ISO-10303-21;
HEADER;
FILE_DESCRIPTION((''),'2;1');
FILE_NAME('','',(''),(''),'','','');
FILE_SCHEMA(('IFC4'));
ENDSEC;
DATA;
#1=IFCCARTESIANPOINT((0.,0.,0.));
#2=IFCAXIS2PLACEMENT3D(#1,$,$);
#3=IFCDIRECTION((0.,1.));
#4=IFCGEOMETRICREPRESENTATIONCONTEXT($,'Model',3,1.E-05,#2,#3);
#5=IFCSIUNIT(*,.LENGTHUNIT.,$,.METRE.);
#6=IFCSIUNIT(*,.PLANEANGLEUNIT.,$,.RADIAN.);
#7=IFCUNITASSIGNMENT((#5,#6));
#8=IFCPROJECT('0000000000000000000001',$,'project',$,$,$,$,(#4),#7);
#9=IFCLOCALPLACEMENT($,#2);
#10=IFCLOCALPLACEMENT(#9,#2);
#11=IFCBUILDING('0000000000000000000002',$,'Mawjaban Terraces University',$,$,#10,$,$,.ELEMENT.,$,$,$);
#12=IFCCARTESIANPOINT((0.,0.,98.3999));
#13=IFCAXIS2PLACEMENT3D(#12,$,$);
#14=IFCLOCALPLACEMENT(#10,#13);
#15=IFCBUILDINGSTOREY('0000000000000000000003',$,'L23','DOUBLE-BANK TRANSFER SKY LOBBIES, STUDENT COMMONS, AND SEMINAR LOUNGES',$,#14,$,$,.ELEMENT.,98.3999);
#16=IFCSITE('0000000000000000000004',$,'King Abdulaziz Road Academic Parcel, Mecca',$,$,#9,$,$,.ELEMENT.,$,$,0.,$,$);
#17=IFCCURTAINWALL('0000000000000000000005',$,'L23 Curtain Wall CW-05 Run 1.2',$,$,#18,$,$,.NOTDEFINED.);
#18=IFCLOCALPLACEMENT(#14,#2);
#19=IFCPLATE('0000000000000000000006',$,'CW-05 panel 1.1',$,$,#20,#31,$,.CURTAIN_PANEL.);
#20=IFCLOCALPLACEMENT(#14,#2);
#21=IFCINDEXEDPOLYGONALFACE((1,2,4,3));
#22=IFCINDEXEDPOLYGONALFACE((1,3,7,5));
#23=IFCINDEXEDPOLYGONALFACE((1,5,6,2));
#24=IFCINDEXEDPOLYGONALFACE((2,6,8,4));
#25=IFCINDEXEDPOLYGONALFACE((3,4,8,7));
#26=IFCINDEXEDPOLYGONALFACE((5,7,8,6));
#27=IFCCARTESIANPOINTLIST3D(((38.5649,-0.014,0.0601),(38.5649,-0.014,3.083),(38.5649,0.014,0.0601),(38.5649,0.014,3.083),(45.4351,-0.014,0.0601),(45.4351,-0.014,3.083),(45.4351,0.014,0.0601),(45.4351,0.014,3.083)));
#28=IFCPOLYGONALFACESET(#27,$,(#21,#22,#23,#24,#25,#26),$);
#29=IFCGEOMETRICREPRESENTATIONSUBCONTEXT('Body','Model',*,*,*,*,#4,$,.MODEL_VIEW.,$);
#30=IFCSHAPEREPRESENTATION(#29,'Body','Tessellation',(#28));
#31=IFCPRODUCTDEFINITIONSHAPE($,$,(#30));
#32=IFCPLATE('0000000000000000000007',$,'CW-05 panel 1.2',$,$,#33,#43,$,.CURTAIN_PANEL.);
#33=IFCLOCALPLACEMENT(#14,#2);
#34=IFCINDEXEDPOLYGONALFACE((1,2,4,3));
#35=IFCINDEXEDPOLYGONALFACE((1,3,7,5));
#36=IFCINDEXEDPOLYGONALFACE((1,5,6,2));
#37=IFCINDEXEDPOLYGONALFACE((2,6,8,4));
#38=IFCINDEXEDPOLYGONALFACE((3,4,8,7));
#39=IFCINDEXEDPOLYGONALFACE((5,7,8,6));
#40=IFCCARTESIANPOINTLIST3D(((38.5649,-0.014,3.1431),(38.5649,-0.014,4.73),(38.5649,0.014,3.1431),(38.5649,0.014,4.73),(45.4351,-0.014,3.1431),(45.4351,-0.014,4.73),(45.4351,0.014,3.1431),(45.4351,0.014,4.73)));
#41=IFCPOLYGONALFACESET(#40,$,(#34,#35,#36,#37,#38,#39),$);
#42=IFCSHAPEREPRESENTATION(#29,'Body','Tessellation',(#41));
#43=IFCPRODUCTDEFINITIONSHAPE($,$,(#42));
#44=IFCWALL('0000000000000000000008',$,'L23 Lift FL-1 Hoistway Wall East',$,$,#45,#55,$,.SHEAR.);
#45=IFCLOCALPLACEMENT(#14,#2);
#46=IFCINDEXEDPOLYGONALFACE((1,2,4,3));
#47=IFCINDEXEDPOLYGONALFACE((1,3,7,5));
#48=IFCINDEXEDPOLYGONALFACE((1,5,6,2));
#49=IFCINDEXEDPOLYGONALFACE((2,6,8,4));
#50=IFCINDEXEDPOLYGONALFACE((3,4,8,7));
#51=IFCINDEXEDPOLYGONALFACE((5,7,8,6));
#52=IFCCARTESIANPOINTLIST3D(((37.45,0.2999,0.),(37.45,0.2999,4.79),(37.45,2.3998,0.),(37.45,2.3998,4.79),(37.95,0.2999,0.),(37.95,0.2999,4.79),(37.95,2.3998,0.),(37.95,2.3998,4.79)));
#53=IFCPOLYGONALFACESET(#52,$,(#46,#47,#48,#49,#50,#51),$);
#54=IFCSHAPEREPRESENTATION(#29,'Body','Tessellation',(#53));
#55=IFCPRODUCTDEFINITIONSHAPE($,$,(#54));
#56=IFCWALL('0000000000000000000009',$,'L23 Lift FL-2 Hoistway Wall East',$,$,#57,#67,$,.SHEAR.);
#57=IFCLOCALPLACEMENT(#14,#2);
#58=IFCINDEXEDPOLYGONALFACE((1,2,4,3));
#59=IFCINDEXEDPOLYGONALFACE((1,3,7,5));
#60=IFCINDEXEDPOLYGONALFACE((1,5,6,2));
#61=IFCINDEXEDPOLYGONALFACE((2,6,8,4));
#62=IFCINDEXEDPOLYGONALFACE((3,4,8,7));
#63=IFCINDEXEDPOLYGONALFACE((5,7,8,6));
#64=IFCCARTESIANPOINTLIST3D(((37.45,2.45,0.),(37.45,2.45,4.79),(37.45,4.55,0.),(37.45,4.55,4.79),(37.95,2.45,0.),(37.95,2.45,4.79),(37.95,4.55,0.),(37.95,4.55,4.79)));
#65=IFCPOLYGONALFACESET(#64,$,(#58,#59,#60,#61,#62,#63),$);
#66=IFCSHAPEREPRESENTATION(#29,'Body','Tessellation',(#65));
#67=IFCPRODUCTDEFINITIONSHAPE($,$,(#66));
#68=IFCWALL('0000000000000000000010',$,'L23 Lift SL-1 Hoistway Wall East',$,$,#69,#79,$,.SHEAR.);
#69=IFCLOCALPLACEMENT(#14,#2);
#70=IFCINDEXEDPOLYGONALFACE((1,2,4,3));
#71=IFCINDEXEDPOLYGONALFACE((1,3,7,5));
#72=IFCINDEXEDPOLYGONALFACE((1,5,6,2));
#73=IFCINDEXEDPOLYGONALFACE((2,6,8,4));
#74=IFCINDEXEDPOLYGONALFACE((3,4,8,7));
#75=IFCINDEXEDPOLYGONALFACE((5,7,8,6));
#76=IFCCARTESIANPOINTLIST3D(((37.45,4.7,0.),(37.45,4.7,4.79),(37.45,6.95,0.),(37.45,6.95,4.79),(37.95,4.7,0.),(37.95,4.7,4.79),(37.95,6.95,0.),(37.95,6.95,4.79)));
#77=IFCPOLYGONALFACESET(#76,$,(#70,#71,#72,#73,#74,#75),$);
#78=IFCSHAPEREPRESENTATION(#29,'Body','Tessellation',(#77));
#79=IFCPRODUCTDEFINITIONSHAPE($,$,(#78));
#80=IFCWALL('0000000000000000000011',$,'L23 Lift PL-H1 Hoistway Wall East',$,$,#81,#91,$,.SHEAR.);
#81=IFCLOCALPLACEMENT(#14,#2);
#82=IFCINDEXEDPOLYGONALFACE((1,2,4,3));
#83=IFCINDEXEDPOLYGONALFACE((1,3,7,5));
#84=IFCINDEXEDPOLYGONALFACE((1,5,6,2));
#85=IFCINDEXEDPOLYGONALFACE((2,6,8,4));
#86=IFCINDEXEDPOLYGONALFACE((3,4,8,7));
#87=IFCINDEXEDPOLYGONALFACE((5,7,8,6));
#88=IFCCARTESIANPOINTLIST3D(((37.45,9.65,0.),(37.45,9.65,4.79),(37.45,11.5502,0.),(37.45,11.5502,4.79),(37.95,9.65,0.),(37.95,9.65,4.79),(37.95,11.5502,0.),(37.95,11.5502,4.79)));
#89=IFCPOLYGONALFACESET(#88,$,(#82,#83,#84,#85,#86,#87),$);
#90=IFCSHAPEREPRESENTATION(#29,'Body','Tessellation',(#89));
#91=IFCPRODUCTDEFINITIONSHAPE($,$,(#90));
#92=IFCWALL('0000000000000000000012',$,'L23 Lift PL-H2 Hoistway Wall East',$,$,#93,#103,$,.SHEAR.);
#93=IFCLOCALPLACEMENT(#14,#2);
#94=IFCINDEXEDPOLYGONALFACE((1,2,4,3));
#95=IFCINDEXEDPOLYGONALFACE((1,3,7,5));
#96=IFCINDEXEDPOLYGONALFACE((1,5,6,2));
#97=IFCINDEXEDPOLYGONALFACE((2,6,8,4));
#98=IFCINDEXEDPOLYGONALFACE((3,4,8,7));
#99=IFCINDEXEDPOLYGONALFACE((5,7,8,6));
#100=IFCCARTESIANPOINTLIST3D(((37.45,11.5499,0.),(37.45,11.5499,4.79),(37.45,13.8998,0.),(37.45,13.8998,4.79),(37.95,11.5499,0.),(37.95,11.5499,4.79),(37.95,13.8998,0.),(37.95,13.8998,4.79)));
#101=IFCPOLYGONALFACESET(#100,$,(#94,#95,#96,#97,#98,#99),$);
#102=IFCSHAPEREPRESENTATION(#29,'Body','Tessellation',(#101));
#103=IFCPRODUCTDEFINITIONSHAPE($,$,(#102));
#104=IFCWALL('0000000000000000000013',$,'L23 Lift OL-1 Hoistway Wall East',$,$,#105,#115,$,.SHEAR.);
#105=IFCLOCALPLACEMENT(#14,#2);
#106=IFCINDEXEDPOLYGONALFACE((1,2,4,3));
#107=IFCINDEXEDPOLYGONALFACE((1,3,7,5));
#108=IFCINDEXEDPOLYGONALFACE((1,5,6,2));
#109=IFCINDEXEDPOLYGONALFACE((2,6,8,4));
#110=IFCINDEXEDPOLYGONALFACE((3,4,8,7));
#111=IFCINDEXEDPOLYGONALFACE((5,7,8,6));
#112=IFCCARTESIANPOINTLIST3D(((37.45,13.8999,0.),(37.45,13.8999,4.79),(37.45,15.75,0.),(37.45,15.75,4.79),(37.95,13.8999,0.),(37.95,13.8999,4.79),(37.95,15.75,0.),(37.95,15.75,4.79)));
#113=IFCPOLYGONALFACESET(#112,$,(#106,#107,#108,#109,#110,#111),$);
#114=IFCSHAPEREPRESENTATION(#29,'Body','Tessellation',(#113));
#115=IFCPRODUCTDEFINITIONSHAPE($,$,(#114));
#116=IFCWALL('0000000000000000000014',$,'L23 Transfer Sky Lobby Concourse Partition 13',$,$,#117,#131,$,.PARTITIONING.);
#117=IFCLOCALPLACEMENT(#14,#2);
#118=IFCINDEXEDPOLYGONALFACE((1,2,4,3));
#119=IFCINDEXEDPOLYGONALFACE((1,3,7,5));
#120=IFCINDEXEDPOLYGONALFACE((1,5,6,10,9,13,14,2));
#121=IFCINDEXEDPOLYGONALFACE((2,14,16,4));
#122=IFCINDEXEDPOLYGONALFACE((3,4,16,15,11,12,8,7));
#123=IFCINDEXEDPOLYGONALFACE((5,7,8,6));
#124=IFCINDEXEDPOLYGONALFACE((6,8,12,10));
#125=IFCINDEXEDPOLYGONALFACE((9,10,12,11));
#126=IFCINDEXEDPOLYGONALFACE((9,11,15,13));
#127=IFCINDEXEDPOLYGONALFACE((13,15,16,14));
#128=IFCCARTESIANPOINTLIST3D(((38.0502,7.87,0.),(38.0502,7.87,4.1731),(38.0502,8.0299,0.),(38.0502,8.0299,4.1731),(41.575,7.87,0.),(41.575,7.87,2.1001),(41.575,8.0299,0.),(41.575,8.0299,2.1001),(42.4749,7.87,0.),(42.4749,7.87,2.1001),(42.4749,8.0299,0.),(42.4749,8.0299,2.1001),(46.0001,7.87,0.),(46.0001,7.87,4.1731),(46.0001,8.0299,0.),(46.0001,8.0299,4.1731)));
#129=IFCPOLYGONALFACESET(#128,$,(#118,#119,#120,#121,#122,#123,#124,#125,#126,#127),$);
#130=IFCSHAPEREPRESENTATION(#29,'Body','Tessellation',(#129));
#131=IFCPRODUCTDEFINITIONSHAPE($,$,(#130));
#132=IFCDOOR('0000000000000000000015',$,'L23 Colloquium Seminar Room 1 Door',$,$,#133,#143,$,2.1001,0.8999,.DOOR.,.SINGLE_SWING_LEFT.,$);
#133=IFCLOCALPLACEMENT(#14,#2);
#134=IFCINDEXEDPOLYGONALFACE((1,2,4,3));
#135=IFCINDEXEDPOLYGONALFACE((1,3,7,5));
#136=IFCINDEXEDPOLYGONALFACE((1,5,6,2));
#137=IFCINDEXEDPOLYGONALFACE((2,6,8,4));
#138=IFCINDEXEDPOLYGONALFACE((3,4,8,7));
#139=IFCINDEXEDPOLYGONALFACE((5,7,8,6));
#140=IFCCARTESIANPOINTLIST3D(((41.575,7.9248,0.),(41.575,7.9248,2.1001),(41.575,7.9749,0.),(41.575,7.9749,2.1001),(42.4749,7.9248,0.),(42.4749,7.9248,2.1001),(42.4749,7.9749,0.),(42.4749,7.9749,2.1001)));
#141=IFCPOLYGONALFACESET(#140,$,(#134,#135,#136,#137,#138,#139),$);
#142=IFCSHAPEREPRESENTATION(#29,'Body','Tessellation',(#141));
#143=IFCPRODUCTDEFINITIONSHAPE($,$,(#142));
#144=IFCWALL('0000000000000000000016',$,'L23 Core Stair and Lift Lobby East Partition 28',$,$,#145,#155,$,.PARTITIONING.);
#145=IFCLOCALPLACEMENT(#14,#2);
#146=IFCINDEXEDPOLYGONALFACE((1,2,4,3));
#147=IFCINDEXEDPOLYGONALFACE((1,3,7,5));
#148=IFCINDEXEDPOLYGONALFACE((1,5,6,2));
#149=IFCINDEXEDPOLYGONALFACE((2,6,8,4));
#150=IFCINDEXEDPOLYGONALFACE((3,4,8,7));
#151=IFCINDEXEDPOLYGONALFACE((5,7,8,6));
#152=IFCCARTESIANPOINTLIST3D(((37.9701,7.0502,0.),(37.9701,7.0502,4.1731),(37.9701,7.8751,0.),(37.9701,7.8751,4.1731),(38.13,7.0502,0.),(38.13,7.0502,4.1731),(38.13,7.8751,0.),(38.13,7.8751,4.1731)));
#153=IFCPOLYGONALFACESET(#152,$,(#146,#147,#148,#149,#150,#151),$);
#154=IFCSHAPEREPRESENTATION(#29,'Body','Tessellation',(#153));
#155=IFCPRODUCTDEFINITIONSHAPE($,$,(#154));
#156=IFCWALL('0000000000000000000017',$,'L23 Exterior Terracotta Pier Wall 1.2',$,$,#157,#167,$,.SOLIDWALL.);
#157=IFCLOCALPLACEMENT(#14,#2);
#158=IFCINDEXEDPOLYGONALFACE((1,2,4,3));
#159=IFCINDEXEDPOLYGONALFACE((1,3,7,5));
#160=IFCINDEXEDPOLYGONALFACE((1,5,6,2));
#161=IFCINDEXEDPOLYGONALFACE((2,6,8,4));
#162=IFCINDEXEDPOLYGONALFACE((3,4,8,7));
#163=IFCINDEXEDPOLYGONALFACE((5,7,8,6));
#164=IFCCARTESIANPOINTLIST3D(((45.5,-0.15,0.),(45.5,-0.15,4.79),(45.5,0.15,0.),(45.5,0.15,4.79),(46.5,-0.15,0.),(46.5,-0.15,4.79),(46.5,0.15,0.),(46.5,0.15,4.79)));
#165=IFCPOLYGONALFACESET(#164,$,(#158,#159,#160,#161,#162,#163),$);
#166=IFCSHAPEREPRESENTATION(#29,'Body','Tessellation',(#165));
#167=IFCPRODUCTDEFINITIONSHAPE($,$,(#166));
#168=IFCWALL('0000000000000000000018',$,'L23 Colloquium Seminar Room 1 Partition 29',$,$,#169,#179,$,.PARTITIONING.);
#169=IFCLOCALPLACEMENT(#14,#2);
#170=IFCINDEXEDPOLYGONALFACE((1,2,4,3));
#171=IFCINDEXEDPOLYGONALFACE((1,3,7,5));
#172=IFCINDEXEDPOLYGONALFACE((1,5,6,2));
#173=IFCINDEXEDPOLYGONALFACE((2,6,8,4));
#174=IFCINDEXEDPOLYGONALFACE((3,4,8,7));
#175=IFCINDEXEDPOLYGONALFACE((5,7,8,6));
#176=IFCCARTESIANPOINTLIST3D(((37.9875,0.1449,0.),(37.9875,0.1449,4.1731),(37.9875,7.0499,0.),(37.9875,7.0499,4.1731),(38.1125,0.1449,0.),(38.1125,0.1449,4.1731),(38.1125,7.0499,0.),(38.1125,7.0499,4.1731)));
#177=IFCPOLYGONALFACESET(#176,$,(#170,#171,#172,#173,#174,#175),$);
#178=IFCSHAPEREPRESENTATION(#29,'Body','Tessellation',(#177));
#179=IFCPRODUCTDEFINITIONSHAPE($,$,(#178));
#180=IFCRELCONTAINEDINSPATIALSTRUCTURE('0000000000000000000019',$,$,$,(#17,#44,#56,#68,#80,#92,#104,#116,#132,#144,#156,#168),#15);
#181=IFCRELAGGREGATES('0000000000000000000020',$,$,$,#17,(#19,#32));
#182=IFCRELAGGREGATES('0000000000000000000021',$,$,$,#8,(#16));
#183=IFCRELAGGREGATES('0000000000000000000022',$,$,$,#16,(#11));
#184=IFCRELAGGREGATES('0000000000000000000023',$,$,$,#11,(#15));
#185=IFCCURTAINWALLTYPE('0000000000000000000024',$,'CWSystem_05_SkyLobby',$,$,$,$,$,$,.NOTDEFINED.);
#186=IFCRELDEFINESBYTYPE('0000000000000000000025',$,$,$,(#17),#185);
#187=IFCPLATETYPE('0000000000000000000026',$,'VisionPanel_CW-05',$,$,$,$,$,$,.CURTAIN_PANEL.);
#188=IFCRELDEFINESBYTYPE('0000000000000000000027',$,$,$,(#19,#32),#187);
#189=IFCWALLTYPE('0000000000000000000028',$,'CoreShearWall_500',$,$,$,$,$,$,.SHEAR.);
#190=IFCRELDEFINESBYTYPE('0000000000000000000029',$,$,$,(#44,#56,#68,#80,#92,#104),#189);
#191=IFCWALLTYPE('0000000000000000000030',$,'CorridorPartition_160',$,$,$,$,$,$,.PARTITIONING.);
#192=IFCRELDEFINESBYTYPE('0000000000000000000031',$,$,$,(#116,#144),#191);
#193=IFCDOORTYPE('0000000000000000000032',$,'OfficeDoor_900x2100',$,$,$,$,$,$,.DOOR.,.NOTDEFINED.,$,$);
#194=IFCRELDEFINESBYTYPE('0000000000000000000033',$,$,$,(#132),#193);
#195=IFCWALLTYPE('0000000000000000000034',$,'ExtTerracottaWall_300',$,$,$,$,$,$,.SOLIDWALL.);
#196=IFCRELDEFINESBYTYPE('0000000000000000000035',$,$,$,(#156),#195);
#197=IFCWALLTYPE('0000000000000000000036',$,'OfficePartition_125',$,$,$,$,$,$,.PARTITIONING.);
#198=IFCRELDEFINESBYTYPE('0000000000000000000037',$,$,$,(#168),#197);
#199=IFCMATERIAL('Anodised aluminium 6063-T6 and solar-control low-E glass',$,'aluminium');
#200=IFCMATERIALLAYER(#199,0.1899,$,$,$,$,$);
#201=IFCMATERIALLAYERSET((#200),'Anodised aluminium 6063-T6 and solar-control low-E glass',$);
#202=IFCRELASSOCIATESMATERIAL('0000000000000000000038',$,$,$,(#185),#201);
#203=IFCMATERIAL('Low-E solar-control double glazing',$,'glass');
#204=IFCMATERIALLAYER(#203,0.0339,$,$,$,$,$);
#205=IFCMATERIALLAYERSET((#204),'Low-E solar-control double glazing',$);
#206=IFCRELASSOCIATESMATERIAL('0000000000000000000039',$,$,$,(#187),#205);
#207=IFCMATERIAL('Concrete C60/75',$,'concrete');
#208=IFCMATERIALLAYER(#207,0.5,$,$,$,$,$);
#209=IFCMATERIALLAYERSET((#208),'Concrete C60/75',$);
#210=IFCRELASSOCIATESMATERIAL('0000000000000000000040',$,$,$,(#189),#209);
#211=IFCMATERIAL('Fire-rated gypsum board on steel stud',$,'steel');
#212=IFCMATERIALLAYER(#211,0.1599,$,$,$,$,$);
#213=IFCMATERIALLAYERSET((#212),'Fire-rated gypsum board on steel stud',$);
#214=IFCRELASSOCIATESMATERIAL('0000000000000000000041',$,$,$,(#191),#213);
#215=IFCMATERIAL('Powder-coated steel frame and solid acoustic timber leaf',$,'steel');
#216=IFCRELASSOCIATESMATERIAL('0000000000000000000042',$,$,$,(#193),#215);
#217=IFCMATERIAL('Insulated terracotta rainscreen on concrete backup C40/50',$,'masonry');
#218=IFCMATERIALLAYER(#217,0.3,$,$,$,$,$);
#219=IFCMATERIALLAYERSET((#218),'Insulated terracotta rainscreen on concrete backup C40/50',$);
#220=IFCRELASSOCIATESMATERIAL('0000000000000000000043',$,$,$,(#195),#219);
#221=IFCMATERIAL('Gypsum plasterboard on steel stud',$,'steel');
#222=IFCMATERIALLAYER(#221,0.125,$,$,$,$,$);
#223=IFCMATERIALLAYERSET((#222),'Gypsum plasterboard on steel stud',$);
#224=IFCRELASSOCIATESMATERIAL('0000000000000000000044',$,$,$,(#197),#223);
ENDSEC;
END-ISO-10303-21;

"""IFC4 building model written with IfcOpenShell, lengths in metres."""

from ifc_helpers import new_model, si_unit, direction, frame, frame_2d, origin, origin_2d, place, context, subcontext, project, spatial, rectangle, extrude, material, layer, layer_set, type_object, element, fill, aggregate, save


model = new_model("IFC4")

# Units and contexts
model_context = context("Model", 3, precision=1e-05, world=origin(), true_north=direction((0.0, 1.0)))
body_context = subcontext(model_context, "Body", "Model", "MODEL_VIEW")
ifc_project = project(units=[si_unit("LENGTHUNIT", "METRE"), si_unit("PLANEANGLEUNIT", "RADIAN")], contexts=[model_context])

# Site, building, storey
site_placement = place(None, origin())
site = spatial("IfcSite", under=ifc_project, at=site_placement, Name="King Abdulaziz Road Academic Parcel, Mecca", CompositionType="ELEMENT", RefElevation=0.0)
building_placement = place(site_placement, origin())
building = spatial("IfcBuilding", under=site, at=building_placement, Name="Mawjaban Terraces University", CompositionType="ELEMENT")
storey_placement = place(building_placement, frame((0.0, 0.0, 98.3999)))
storey = spatial("IfcBuildingStorey", under=building, at=storey_placement, Name="L23", Description="DOUBLE-BANK TRANSFER SKY LOBBIES, STUDENT COMMONS, AND SEMINAR LOUNGES", CompositionType="ELEMENT", Elevation=98.3999)

# Curtain wall, plates
ifc_material_1 = material(Name="Anodised aluminium 6063-T6 and solar-control low-E glass", Category="aluminium")
ifc_layer_1 = layer(ifc_material_1, 0.1899)
ifc_layer_set_1 = layer_set([ifc_layer_1], Name="Anodised aluminium 6063-T6 and solar-control low-E glass")
curtain_wall_type = type_object("IfcCurtainWallType", Name="CWSystem_05_SkyLobby", PredefinedType="NOTDEFINED", material=ifc_layer_set_1)
curtain_wall_placement = place(storey_placement, origin())
curtain_wall = element("IfcCurtainWall", 1, at=curtain_wall_placement, inside=storey, type_object=curtain_wall_type, Name="L23 Curtain Wall CW-05 Run 1.2", PredefinedType="NOTDEFINED")
ifc_material_2 = material(Name="Low-E solar-control double glazing", Category="glass")
ifc_layer_2 = layer(ifc_material_2, 0.0339)
ifc_layer_set_2 = layer_set([ifc_layer_2], Name="Low-E solar-control double glazing")
plate_type = type_object("IfcPlateType", Name="VisionPanel_CW-05", PredefinedType="CURTAIN_PANEL", material=ifc_layer_set_2)
plate_1_placement = place(storey_placement, frame((42.0, 0.0, 0.0601), z_axis=(0.0, 0.0, 1.0), x_axis=(1.0, 0.0, 0.0)))
plate_1 = element("IfcPlate", 2, at=plate_1_placement, type_object=plate_type, Name="CW-05 panel 1.1", PredefinedType="CURTAIN_PANEL", context=body_context, shape_type="SweptSolid", body=[
    extrude(rectangle(XDim=6.8701, YDim=0.0281, at=origin_2d()), origin(), (0.0, 0.0, 1.0), 3.0229),
])
plate_2_placement = place(storey_placement, frame((42.0, 0.0, 3.1431), z_axis=(0.0, 0.0, 1.0), x_axis=(1.0, 0.0, 0.0)))
plate_2 = element("IfcPlate", 3, at=plate_2_placement, type_object=plate_type, Name="CW-05 panel 1.2", PredefinedType="CURTAIN_PANEL", context=body_context, shape_type="SweptSolid", body=[
    extrude(rectangle(XDim=6.8701, YDim=0.0281, at=origin_2d()), origin(), (0.0, 0.0, 1.0), 1.5869),
])
aggregate(curtain_wall, [plate_1, plate_2])

# Walls
ifc_material_3 = material(Name="Concrete C60/75", Category="concrete")
ifc_layer_3 = layer(ifc_material_3, 0.5)
ifc_layer_set_3 = layer_set([ifc_layer_3], Name="Concrete C60/75")
wall_type_1 = type_object("IfcWallType", Name="CoreShearWall_500", PredefinedType="SHEAR", material=ifc_layer_set_3)
wall_1_placement = place(storey_placement, frame((37.7, 0.3, 0.0), z_axis=(0.0, 0.0, 1.0), x_axis=(0.0, 1.0, 0.0)))
element("IfcWall", 4, at=wall_1_placement, inside=storey, type_object=wall_type_1, Name="L23 Lift FL-1 Hoistway Wall East", PredefinedType="SHEAR", context=body_context, shape_type="SweptSolid", body=[
    extrude(rectangle(XDim=2.0999, YDim=0.5, at=frame_2d((1.0498, 0.0))), origin(), (0.0, 0.0, 1.0), 4.79),
])
wall_2_placement = place(storey_placement, frame((37.7, 2.45, 0.0), z_axis=(0.0, 0.0, 1.0), x_axis=(0.0, 1.0, 0.0)))
element("IfcWall", 5, at=wall_2_placement, inside=storey, type_object=wall_type_1, Name="L23 Lift FL-2 Hoistway Wall East", PredefinedType="SHEAR", context=body_context, shape_type="SweptSolid", body=[
    extrude(rectangle(XDim=2.1001, YDim=0.5, at=frame_2d((1.05, 0.0))), origin(), (0.0, 0.0, 1.0), 4.79),
])
wall_3_placement = place(storey_placement, frame((37.7, 4.7, 0.0), z_axis=(0.0, 0.0, 1.0), x_axis=(0.0, 1.0, 0.0)))
element("IfcWall", 6, at=wall_3_placement, inside=storey, type_object=wall_type_1, Name="L23 Lift SL-1 Hoistway Wall East", PredefinedType="SHEAR", context=body_context, shape_type="SweptSolid", body=[
    extrude(rectangle(XDim=2.25, YDim=0.5, at=frame_2d((1.125, 0.0))), origin(), (0.0, 0.0, 1.0), 4.79),
])
wall_4_placement = place(storey_placement, frame((37.7, 9.6499, 0.0), z_axis=(0.0, 0.0, 1.0), x_axis=(0.0, 1.0, 0.0)))
element("IfcWall", 7, at=wall_4_placement, inside=storey, type_object=wall_type_1, Name="L23 Lift PL-H1 Hoistway Wall East", PredefinedType="SHEAR", context=body_context, shape_type="SweptSolid", body=[
    extrude(rectangle(XDim=1.9001, YDim=0.5, at=frame_2d((0.9502, 0.0))), origin(), (0.0, 0.0, 1.0), 4.79),
])
wall_5_placement = place(storey_placement, frame((37.7, 11.55, 0.0), z_axis=(0.0, 0.0, 1.0), x_axis=(0.0, 1.0, 0.0)))
element("IfcWall", 8, at=wall_5_placement, inside=storey, type_object=wall_type_1, Name="L23 Lift PL-H2 Hoistway Wall East", PredefinedType="SHEAR", context=body_context, shape_type="SweptSolid", body=[
    extrude(rectangle(XDim=2.3499, YDim=0.5, at=frame_2d((1.1748, 0.0))), origin(), (0.0, 0.0, 1.0), 4.79),
])
wall_6_placement = place(storey_placement, frame((37.7, 13.8999, 0.0), z_axis=(0.0, 0.0, 1.0), x_axis=(0.0, 1.0, 0.0)))
element("IfcWall", 9, at=wall_6_placement, inside=storey, type_object=wall_type_1, Name="L23 Lift OL-1 Hoistway Wall East", PredefinedType="SHEAR", context=body_context, shape_type="SweptSolid", body=[
    extrude(rectangle(XDim=1.8501, YDim=0.5, at=frame_2d((0.925, 0.0))), origin(), (0.0, 0.0, 1.0), 4.79),
])

# Wall, opening, door
ifc_material_4 = material(Name="Fire-rated gypsum board on steel stud", Category="steel")
ifc_layer_4 = layer(ifc_material_4, 0.1599)
ifc_layer_set_4 = layer_set([ifc_layer_4], Name="Fire-rated gypsum board on steel stud")
wall_type_2 = type_object("IfcWallType", Name="CorridorPartition_160", PredefinedType="PARTITIONING", material=ifc_layer_set_4)
wall_7_placement = place(storey_placement, frame((38.05, 7.95, 0.0), z_axis=(0.0, 0.0, 1.0), x_axis=(1.0, 0.0, 0.0)))
wall_7 = element("IfcWall", 10, at=wall_7_placement, inside=storey, type_object=wall_type_2, Name="L23 Transfer Sky Lobby Concourse Partition 13", PredefinedType="PARTITIONING", context=body_context, shape_type="SweptSolid", body=[
    extrude(rectangle(XDim=7.95, YDim=0.1599, at=frame_2d((3.9751, 0.0))), origin(), (0.0, 0.0, 1.0), 4.1731),
])
opening_placement = place(wall_7_placement, frame((3.5249, 0.0, 0.0)))
opening = element("IfcOpeningElement", 11, at=opening_placement, cuts=wall_7, PredefinedType="OPENING", context=body_context, shape_type="SweptSolid", body=[
    extrude(rectangle(XDim=0.8999, YDim=2.1001, at=frame_2d((0.45, 1.05))), frame((0.0, 0.0898, 0.0), z_axis=(0.0, -1.0, 0.0), x_axis=(1.0, 0.0, 0.0)), (0.0, 0.0, 1.0), 0.1799),
])
ifc_material_5 = material(Name="Powder-coated steel frame and solid acoustic timber leaf", Category="steel")
door_type = type_object("IfcDoorType", Name="OfficeDoor_900x2100", OperationType="NOTDEFINED", PredefinedType="DOOR", material=ifc_material_5)
door_placement = place(opening_placement, origin())
door = element("IfcDoor", 12, at=door_placement, inside=storey, type_object=door_type, Name="L23 Colloquium Seminar Room 1 Door", OperationType="SINGLE_SWING_LEFT", OverallHeight=2.1001, OverallWidth=0.8999, PredefinedType="DOOR", context=body_context, shape_type="SweptSolid", body=[
    extrude(rectangle(XDim=0.8999, YDim=2.1001, at=frame_2d((0.45, 1.05))), frame((0.0, 0.0249, 0.0), z_axis=(0.0, -1.0, 0.0), x_axis=(1.0, 0.0, 0.0)), (0.0, 0.0, 1.0), 0.05),
])
fill(opening, door)

# Walls
wall_8_placement = place(storey_placement, frame((38.05, 7.05, 0.0), z_axis=(0.0, 0.0, 1.0), x_axis=(0.0, 1.0, 0.0)))
element("IfcWall", 13, at=wall_8_placement, inside=storey, type_object=wall_type_2, Name="L23 Core Stair and Lift Lobby East Partition 28", PredefinedType="PARTITIONING", context=body_context, shape_type="SweptSolid", body=[
    extrude(rectangle(XDim=0.825, YDim=0.1599, at=frame_2d((0.4126, 0.0))), origin(), (0.0, 0.0, 1.0), 4.1731),
])
ifc_material_6 = material(Name="Insulated terracotta rainscreen on concrete backup C40/50", Category="masonry")
ifc_layer_5 = layer(ifc_material_6, 0.3)
ifc_layer_set_5 = layer_set([ifc_layer_5], Name="Insulated terracotta rainscreen on concrete backup C40/50")
wall_type_3 = type_object("IfcWallType", Name="ExtTerracottaWall_300", PredefinedType="SOLIDWALL", material=ifc_layer_set_5)
wall_9_placement = place(storey_placement, frame((45.5, 0.0, 0.0), z_axis=(0.0, 0.0, 1.0), x_axis=(1.0, 0.0, 0.0)))
element("IfcWall", 14, at=wall_9_placement, inside=storey, type_object=wall_type_3, Name="L23 Exterior Terracotta Pier Wall 1.2", PredefinedType="SOLIDWALL", context=body_context, shape_type="SweptSolid", body=[
    extrude(rectangle(XDim=1.0, YDim=0.3, at=frame_2d((0.5, 0.0))), origin(), (0.0, 0.0, 1.0), 4.79),
])
ifc_material_7 = material(Name="Gypsum plasterboard on steel stud", Category="steel")
ifc_layer_6 = layer(ifc_material_7, 0.125)
ifc_layer_set_6 = layer_set([ifc_layer_6], Name="Gypsum plasterboard on steel stud")
wall_type_4 = type_object("IfcWallType", Name="OfficePartition_125", PredefinedType="PARTITIONING", material=ifc_layer_set_6)
wall_10_placement = place(storey_placement, frame((38.05, 7.05, 0.0), z_axis=(0.0, 0.0, 1.0), x_axis=(0.0, -1.0, 0.0)))
element("IfcWall", 15, at=wall_10_placement, inside=storey, type_object=wall_type_4, Name="L23 Colloquium Seminar Room 1 Partition 29", PredefinedType="PARTITIONING", context=body_context, shape_type="SweptSolid", body=[
    extrude(rectangle(XDim=6.905, YDim=0.125, at=frame_2d((3.4526, 0.0))), origin(), (0.0, 0.0, 1.0), 4.1731),
])

save(model, "model.ifc")
